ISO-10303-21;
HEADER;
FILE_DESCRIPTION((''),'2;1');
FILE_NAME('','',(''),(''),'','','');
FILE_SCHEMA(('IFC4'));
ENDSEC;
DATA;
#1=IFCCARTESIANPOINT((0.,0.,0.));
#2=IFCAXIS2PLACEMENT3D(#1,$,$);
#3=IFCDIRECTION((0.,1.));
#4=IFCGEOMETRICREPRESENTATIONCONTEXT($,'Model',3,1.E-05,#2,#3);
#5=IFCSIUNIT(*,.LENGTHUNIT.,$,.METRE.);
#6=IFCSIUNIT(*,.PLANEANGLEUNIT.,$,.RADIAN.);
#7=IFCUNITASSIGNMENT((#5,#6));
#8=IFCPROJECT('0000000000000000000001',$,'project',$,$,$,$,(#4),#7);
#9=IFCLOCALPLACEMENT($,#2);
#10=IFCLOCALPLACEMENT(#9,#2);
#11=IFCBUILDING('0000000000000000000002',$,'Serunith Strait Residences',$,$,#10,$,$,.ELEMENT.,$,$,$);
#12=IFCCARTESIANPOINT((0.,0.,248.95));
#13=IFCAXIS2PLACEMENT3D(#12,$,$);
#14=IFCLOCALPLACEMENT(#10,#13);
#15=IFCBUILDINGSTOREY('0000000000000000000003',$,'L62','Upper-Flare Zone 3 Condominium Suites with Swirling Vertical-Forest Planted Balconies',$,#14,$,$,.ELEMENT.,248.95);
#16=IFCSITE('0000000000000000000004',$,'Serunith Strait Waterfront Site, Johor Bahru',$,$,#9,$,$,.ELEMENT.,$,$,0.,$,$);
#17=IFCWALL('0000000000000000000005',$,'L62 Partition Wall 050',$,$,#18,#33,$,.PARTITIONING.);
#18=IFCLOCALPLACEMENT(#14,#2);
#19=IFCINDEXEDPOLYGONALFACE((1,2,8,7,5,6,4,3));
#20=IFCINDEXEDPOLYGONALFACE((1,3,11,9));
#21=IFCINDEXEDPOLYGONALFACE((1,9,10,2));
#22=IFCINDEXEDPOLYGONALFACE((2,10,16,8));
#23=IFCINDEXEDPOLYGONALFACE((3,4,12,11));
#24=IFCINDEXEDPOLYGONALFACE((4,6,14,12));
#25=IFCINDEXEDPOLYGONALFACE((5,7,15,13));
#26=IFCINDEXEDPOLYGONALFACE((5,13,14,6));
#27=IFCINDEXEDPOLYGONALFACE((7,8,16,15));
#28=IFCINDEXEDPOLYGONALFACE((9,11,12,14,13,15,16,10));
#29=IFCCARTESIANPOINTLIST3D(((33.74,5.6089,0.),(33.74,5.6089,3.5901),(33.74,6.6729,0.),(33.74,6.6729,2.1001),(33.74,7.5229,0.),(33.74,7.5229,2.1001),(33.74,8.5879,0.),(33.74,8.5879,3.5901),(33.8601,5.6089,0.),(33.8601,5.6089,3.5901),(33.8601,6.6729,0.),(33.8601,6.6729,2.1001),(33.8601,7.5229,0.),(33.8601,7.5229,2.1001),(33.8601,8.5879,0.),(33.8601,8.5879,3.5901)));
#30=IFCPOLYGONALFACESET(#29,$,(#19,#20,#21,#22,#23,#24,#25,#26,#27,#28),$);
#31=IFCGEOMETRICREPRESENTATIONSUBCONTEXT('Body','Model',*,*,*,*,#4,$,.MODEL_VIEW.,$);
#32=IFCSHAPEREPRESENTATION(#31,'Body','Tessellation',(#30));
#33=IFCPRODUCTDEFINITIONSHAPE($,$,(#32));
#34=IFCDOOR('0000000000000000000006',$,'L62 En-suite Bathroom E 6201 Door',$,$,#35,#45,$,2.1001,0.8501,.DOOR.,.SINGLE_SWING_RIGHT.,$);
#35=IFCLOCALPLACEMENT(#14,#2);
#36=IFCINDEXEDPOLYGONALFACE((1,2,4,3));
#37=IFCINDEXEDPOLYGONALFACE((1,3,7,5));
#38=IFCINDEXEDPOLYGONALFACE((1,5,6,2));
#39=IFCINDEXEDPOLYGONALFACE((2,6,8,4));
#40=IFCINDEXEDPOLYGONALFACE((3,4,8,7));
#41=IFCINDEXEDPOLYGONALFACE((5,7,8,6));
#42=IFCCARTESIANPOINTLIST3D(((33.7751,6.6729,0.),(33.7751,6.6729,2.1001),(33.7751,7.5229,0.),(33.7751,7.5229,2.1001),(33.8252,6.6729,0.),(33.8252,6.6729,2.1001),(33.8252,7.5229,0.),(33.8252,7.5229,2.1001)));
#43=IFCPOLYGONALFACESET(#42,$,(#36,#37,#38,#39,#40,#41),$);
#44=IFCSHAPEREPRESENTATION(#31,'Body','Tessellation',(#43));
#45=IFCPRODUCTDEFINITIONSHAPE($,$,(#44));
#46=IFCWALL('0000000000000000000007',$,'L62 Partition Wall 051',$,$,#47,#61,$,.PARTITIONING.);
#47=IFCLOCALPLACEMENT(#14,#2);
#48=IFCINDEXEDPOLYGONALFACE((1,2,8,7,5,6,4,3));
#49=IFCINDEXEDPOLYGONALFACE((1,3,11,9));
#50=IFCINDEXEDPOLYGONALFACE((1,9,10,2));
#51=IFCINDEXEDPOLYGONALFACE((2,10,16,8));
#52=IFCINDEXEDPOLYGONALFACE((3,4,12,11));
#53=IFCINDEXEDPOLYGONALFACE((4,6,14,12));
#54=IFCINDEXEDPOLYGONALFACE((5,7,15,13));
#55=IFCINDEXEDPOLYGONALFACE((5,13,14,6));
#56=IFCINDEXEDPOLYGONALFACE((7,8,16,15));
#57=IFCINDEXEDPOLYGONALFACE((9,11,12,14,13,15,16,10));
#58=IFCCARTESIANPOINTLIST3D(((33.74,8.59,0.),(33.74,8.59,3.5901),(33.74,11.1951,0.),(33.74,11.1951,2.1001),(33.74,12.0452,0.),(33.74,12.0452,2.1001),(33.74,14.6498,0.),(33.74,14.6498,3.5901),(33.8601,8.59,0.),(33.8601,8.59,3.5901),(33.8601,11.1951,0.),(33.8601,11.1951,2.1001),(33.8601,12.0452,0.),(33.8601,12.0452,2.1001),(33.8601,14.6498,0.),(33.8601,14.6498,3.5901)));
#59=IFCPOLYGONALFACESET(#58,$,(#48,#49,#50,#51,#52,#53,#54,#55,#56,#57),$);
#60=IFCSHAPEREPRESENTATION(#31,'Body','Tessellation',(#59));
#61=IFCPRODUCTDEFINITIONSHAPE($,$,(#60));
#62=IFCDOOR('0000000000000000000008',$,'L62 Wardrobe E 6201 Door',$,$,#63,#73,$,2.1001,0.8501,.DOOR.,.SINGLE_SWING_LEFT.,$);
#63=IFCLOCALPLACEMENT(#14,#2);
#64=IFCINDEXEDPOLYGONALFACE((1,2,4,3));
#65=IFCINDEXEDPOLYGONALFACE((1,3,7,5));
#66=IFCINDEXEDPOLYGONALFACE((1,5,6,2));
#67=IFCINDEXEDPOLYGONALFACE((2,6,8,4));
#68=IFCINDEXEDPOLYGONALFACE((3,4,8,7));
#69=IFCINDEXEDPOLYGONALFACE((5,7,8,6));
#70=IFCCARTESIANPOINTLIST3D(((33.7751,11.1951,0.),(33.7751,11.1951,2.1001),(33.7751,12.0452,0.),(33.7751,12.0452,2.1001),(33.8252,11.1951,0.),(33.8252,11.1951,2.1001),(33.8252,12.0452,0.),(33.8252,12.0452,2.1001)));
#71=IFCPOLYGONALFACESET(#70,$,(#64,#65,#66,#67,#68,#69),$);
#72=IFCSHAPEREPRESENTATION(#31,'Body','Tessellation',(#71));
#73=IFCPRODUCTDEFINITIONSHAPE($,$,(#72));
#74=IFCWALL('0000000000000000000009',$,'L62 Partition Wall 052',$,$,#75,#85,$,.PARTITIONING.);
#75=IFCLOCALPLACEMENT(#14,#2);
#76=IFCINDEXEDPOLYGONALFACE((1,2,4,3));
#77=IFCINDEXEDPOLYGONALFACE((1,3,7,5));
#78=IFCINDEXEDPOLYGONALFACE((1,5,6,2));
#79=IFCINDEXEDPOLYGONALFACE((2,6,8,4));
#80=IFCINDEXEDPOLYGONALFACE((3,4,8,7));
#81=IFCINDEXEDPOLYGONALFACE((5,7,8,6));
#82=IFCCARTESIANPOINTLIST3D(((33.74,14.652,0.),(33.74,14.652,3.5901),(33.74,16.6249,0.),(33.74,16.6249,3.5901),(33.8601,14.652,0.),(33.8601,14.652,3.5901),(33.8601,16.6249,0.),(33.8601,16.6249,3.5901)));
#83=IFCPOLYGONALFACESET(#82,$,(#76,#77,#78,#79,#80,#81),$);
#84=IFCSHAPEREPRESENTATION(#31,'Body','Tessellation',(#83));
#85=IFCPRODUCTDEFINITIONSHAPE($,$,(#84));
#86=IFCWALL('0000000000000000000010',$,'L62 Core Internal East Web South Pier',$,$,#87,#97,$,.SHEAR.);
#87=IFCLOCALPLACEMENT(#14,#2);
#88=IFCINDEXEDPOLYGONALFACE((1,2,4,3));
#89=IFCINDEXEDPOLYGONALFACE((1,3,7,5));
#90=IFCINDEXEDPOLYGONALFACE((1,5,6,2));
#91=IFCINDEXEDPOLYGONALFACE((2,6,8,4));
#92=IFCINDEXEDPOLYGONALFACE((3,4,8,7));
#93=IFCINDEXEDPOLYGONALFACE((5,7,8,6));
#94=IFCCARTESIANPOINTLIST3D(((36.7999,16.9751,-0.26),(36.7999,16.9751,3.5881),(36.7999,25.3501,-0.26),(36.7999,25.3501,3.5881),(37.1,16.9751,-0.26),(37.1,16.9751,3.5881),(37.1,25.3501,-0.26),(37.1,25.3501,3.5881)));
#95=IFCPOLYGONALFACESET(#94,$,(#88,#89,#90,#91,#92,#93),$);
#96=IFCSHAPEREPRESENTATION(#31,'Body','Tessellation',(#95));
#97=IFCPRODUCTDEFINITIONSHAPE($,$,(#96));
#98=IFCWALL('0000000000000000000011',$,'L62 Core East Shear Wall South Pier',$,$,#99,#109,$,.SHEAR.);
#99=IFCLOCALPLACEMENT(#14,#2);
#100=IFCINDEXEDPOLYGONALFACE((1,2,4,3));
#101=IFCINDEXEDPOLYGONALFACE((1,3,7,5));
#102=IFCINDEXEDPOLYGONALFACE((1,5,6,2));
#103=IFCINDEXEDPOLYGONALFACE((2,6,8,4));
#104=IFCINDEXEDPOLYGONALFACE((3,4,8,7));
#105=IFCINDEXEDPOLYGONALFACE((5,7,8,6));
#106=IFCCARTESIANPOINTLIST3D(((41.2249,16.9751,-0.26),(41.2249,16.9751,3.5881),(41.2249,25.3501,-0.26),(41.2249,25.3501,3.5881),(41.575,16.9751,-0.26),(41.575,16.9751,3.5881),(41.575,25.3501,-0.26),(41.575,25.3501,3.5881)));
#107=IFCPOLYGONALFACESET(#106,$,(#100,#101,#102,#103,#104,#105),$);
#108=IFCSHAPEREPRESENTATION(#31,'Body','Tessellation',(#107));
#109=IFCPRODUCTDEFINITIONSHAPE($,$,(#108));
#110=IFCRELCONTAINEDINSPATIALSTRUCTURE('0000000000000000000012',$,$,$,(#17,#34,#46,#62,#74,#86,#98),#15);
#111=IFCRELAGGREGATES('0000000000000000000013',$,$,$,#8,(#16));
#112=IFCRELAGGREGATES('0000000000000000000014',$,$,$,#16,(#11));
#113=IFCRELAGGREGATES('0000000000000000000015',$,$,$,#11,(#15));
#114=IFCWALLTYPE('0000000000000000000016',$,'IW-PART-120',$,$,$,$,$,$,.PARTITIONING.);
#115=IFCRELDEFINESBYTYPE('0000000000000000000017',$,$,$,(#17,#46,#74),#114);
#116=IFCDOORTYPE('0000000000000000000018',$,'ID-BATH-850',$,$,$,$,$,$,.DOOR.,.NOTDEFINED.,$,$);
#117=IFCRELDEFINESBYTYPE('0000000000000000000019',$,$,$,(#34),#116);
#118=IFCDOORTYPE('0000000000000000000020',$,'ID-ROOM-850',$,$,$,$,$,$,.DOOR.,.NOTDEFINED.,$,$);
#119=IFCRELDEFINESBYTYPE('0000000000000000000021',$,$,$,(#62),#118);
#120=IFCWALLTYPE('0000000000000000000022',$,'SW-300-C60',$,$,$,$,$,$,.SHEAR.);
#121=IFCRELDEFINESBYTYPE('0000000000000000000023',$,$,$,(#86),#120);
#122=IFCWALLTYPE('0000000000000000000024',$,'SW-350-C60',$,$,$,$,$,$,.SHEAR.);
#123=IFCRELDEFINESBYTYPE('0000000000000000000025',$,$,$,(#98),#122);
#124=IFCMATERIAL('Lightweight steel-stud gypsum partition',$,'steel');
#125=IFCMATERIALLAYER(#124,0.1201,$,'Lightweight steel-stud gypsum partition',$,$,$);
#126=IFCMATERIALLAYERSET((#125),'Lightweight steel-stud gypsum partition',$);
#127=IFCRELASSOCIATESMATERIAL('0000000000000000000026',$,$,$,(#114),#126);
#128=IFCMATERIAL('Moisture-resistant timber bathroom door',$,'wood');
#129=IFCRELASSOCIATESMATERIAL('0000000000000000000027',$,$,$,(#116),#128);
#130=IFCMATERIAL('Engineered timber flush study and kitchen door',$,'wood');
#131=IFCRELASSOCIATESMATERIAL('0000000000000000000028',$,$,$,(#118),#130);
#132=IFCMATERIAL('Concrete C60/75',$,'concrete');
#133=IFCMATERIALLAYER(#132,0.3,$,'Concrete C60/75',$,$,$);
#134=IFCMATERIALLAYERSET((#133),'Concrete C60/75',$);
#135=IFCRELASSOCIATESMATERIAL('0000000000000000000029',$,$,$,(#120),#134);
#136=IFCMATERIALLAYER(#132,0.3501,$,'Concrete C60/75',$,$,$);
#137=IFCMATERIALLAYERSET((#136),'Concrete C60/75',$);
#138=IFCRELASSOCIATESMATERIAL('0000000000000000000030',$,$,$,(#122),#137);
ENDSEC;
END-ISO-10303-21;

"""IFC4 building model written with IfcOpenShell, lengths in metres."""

from ifc_helpers import new_model, si_unit, direction, frame, frame_2d, origin, place, context, subcontext, project, spatial, rectangle, extrude, source, transform, mapped, material, layer, layer_set, type_object, element, fill, save


model = new_model("IFC4")

# Units and contexts
model_context = context("Model", 3, precision=1e-05, world=origin(), true_north=direction((0.0, 1.0)))
body_context = subcontext(model_context, "Body", "Model", "MODEL_VIEW")
ifc_project = project(units=[si_unit("LENGTHUNIT", "METRE"), si_unit("PLANEANGLEUNIT", "RADIAN")], contexts=[model_context])

# Site, building, storey
site_placement = place(None, origin())
site = spatial("IfcSite", under=ifc_project, at=site_placement, Name="Serunith Strait Waterfront Site, Johor Bahru", CompositionType="ELEMENT", RefElevation=0.0)
building_placement = place(site_placement, origin())
building = spatial("IfcBuilding", under=site, at=building_placement, Name="Serunith Strait Residences", CompositionType="ELEMENT")
storey_placement = place(building_placement, frame((0.0, 0.0, 248.95)))
storey = spatial("IfcBuildingStorey", under=building, at=storey_placement, Name="L62", Description="Upper-Flare Zone 3 Condominium Suites with Swirling Vertical-Forest Planted Balconies", CompositionType="ELEMENT", Elevation=248.95)

# Shared definitions
ifc_material_1 = material(Name="Lightweight steel-stud gypsum partition", Category="steel")
ifc_layer_1 = layer(ifc_material_1, 0.1201, Name="Lightweight steel-stud gypsum partition")
ifc_layer_set_1 = layer_set([ifc_layer_1], Name="Lightweight steel-stud gypsum partition")
wall_type_1 = type_object("IfcWallType", Name="IW-PART-120", PredefinedType="PARTITIONING", material=ifc_layer_set_1)

# Walls, openings, doors
wall_1_placement = place(storey_placement, frame((33.8, 5.6089, 0.0), z_axis=(0.0, 0.0, 1.0), x_axis=(0.0, 1.0, 0.0)))
wall_1 = element("IfcWall", 1, at=wall_1_placement, inside=storey, type_object=wall_type_1, Name="L62 Partition Wall 050", PredefinedType="PARTITIONING", context=body_context, shape_type="SweptSolid", body=[
    extrude(rectangle(XDim=2.979, YDim=0.1201, at=frame_2d((1.4895, 0.0))), origin(), (0.0, 0.0, 1.0), 3.5901),
])
opening_1_placement = place(wall_1_placement, frame((1.064, 0.0, 0.0)))
opening_1 = element("IfcOpeningElement", 2, at=opening_1_placement, cuts=wall_1, PredefinedType="OPENING", context=body_context, shape_type="SweptSolid", body=[
    extrude(rectangle(XDim=0.8501, YDim=2.1001, at=frame_2d((0.425, 1.05))), frame((0.0, 0.0701, 0.0), z_axis=(0.0, -1.0, 0.0), x_axis=(1.0, 0.0, 0.0)), (0.0, 0.0, 1.0), 0.1401),
])
ifc_material_2 = material(Name="Moisture-resistant timber bathroom door", Category="wood")
door_type_1 = type_object("IfcDoorType", Name="ID-BATH-850", OperationType="NOTDEFINED", PredefinedType="DOOR", material=ifc_material_2)
shared_shape_1 = source(origin(), body_context, "Body", "SweptSolid", [
    extrude(rectangle(XDim=0.8501, YDim=2.1001, at=frame_2d((0.425, 1.05))), frame((0.0, 0.0249, 0.0), z_axis=(0.0, -1.0, 0.0), x_axis=(1.0, 0.0, 0.0)), (0.0, 0.0, 1.0), 0.05),
])
door_1_placement = place(opening_1_placement, origin())
door_1 = element("IfcDoor", 3, at=door_1_placement, inside=storey, type_object=door_type_1, Name="L62 En-suite Bathroom E 6201 Door", OperationType="SINGLE_SWING_RIGHT", OverallHeight=2.1001, OverallWidth=0.8501, PredefinedType="DOOR", context=body_context, shape_type="MappedRepresentation", body=[
    mapped(shared_shape_1, transform((0.0, 0.0, 0.0), scale=1.0)),
])
fill(opening_1, door_1)
wall_2_placement = place(storey_placement, frame((33.8, 8.5901, 0.0), z_axis=(0.0, 0.0, 1.0), x_axis=(0.0, 1.0, 0.0)))
wall_2 = element("IfcWall", 4, at=wall_2_placement, inside=storey, type_object=wall_type_1, Name="L62 Partition Wall 051", PredefinedType="PARTITIONING", context=body_context, shape_type="SweptSolid", body=[
    extrude(rectangle(XDim=6.0598, YDim=0.1201, at=frame_2d((3.0298, 0.0))), origin(), (0.0, 0.0, 1.0), 3.5901),
])
opening_2_placement = place(wall_2_placement, frame((2.605, 0.0, 0.0)))
opening_2 = element("IfcOpeningElement", 5, at=opening_2_placement, cuts=wall_2, PredefinedType="OPENING", context=body_context, shape_type="SweptSolid", body=[
    extrude(rectangle(XDim=0.8501, YDim=2.1001, at=frame_2d((0.425, 1.05))), frame((0.0, 0.0701, 0.0), z_axis=(0.0, -1.0, 0.0), x_axis=(1.0, 0.0, 0.0)), (0.0, 0.0, 1.0), 0.1401),
])
ifc_material_3 = material(Name="Engineered timber flush study and kitchen door", Category="wood")
door_type_2 = type_object("IfcDoorType", Name="ID-ROOM-850", OperationType="NOTDEFINED", PredefinedType="DOOR", material=ifc_material_3)
door_2_placement = place(opening_2_placement, origin())
door_2 = element("IfcDoor", 6, at=door_2_placement, inside=storey, type_object=door_type_2, Name="L62 Wardrobe E 6201 Door", OperationType="SINGLE_SWING_LEFT", OverallHeight=2.1001, OverallWidth=0.8501, PredefinedType="DOOR", context=body_context, shape_type="MappedRepresentation", body=[
    mapped(shared_shape_1, transform((0.0, 0.0, 0.0), scale=1.0)),
])
fill(opening_2, door_2)

# Walls
wall_3_placement = place(storey_placement, frame((33.8, 14.6521, 0.0), z_axis=(0.0, 0.0, 1.0), x_axis=(0.0, 1.0, 0.0)))
element("IfcWall", 7, at=wall_3_placement, inside=storey, type_object=wall_type_1, Name="L62 Partition Wall 052", PredefinedType="PARTITIONING", context=body_context, shape_type="SweptSolid", body=[
    extrude(rectangle(XDim=1.9729, YDim=0.1201, at=frame_2d((0.9863, 0.0))), origin(), (0.0, 0.0, 1.0), 3.5901),
])
ifc_material_4 = material(Name="Concrete C60/75", Category="concrete")
ifc_layer_2 = layer(ifc_material_4, 0.3, Name="Concrete C60/75")
ifc_layer_set_2 = layer_set([ifc_layer_2], Name="Concrete C60/75")
wall_type_2 = type_object("IfcWallType", Name="SW-300-C60", PredefinedType="SHEAR", material=ifc_layer_set_2)
wall_4_placement = place(storey_placement, frame((36.95, 16.9751, -0.26), z_axis=(0.0, 0.0, 1.0), x_axis=(0.0, 1.0, 0.0)))
element("IfcWall", 8, at=wall_4_placement, inside=storey, type_object=wall_type_2, Name="L62 Core Internal East Web South Pier", PredefinedType="SHEAR", context=body_context, shape_type="SweptSolid", body=[
    extrude(rectangle(XDim=8.375, YDim=0.3, at=frame_2d((4.1875, 0.0))), origin(), (0.0, 0.0, 1.0), 3.8481),
])
ifc_layer_3 = layer(ifc_material_4, 0.3501, Name="Concrete C60/75")
ifc_layer_set_3 = layer_set([ifc_layer_3], Name="Concrete C60/75")
wall_type_3 = type_object("IfcWallType", Name="SW-350-C60", PredefinedType="SHEAR", material=ifc_layer_set_3)
wall_5_placement = place(storey_placement, frame((41.3999, 16.9751, -0.26), z_axis=(0.0, 0.0, 1.0), x_axis=(0.0, 1.0, 0.0)))
element("IfcWall", 9, at=wall_5_placement, inside=storey, type_object=wall_type_3, Name="L62 Core East Shear Wall South Pier", PredefinedType="SHEAR", context=body_context, shape_type="SweptSolid", body=[
    extrude(rectangle(XDim=8.375, YDim=0.3501, at=frame_2d((4.1875, 0.0))), origin(), (0.0, 0.0, 1.0), 3.8481),
])

save(model, "model.ifc")
